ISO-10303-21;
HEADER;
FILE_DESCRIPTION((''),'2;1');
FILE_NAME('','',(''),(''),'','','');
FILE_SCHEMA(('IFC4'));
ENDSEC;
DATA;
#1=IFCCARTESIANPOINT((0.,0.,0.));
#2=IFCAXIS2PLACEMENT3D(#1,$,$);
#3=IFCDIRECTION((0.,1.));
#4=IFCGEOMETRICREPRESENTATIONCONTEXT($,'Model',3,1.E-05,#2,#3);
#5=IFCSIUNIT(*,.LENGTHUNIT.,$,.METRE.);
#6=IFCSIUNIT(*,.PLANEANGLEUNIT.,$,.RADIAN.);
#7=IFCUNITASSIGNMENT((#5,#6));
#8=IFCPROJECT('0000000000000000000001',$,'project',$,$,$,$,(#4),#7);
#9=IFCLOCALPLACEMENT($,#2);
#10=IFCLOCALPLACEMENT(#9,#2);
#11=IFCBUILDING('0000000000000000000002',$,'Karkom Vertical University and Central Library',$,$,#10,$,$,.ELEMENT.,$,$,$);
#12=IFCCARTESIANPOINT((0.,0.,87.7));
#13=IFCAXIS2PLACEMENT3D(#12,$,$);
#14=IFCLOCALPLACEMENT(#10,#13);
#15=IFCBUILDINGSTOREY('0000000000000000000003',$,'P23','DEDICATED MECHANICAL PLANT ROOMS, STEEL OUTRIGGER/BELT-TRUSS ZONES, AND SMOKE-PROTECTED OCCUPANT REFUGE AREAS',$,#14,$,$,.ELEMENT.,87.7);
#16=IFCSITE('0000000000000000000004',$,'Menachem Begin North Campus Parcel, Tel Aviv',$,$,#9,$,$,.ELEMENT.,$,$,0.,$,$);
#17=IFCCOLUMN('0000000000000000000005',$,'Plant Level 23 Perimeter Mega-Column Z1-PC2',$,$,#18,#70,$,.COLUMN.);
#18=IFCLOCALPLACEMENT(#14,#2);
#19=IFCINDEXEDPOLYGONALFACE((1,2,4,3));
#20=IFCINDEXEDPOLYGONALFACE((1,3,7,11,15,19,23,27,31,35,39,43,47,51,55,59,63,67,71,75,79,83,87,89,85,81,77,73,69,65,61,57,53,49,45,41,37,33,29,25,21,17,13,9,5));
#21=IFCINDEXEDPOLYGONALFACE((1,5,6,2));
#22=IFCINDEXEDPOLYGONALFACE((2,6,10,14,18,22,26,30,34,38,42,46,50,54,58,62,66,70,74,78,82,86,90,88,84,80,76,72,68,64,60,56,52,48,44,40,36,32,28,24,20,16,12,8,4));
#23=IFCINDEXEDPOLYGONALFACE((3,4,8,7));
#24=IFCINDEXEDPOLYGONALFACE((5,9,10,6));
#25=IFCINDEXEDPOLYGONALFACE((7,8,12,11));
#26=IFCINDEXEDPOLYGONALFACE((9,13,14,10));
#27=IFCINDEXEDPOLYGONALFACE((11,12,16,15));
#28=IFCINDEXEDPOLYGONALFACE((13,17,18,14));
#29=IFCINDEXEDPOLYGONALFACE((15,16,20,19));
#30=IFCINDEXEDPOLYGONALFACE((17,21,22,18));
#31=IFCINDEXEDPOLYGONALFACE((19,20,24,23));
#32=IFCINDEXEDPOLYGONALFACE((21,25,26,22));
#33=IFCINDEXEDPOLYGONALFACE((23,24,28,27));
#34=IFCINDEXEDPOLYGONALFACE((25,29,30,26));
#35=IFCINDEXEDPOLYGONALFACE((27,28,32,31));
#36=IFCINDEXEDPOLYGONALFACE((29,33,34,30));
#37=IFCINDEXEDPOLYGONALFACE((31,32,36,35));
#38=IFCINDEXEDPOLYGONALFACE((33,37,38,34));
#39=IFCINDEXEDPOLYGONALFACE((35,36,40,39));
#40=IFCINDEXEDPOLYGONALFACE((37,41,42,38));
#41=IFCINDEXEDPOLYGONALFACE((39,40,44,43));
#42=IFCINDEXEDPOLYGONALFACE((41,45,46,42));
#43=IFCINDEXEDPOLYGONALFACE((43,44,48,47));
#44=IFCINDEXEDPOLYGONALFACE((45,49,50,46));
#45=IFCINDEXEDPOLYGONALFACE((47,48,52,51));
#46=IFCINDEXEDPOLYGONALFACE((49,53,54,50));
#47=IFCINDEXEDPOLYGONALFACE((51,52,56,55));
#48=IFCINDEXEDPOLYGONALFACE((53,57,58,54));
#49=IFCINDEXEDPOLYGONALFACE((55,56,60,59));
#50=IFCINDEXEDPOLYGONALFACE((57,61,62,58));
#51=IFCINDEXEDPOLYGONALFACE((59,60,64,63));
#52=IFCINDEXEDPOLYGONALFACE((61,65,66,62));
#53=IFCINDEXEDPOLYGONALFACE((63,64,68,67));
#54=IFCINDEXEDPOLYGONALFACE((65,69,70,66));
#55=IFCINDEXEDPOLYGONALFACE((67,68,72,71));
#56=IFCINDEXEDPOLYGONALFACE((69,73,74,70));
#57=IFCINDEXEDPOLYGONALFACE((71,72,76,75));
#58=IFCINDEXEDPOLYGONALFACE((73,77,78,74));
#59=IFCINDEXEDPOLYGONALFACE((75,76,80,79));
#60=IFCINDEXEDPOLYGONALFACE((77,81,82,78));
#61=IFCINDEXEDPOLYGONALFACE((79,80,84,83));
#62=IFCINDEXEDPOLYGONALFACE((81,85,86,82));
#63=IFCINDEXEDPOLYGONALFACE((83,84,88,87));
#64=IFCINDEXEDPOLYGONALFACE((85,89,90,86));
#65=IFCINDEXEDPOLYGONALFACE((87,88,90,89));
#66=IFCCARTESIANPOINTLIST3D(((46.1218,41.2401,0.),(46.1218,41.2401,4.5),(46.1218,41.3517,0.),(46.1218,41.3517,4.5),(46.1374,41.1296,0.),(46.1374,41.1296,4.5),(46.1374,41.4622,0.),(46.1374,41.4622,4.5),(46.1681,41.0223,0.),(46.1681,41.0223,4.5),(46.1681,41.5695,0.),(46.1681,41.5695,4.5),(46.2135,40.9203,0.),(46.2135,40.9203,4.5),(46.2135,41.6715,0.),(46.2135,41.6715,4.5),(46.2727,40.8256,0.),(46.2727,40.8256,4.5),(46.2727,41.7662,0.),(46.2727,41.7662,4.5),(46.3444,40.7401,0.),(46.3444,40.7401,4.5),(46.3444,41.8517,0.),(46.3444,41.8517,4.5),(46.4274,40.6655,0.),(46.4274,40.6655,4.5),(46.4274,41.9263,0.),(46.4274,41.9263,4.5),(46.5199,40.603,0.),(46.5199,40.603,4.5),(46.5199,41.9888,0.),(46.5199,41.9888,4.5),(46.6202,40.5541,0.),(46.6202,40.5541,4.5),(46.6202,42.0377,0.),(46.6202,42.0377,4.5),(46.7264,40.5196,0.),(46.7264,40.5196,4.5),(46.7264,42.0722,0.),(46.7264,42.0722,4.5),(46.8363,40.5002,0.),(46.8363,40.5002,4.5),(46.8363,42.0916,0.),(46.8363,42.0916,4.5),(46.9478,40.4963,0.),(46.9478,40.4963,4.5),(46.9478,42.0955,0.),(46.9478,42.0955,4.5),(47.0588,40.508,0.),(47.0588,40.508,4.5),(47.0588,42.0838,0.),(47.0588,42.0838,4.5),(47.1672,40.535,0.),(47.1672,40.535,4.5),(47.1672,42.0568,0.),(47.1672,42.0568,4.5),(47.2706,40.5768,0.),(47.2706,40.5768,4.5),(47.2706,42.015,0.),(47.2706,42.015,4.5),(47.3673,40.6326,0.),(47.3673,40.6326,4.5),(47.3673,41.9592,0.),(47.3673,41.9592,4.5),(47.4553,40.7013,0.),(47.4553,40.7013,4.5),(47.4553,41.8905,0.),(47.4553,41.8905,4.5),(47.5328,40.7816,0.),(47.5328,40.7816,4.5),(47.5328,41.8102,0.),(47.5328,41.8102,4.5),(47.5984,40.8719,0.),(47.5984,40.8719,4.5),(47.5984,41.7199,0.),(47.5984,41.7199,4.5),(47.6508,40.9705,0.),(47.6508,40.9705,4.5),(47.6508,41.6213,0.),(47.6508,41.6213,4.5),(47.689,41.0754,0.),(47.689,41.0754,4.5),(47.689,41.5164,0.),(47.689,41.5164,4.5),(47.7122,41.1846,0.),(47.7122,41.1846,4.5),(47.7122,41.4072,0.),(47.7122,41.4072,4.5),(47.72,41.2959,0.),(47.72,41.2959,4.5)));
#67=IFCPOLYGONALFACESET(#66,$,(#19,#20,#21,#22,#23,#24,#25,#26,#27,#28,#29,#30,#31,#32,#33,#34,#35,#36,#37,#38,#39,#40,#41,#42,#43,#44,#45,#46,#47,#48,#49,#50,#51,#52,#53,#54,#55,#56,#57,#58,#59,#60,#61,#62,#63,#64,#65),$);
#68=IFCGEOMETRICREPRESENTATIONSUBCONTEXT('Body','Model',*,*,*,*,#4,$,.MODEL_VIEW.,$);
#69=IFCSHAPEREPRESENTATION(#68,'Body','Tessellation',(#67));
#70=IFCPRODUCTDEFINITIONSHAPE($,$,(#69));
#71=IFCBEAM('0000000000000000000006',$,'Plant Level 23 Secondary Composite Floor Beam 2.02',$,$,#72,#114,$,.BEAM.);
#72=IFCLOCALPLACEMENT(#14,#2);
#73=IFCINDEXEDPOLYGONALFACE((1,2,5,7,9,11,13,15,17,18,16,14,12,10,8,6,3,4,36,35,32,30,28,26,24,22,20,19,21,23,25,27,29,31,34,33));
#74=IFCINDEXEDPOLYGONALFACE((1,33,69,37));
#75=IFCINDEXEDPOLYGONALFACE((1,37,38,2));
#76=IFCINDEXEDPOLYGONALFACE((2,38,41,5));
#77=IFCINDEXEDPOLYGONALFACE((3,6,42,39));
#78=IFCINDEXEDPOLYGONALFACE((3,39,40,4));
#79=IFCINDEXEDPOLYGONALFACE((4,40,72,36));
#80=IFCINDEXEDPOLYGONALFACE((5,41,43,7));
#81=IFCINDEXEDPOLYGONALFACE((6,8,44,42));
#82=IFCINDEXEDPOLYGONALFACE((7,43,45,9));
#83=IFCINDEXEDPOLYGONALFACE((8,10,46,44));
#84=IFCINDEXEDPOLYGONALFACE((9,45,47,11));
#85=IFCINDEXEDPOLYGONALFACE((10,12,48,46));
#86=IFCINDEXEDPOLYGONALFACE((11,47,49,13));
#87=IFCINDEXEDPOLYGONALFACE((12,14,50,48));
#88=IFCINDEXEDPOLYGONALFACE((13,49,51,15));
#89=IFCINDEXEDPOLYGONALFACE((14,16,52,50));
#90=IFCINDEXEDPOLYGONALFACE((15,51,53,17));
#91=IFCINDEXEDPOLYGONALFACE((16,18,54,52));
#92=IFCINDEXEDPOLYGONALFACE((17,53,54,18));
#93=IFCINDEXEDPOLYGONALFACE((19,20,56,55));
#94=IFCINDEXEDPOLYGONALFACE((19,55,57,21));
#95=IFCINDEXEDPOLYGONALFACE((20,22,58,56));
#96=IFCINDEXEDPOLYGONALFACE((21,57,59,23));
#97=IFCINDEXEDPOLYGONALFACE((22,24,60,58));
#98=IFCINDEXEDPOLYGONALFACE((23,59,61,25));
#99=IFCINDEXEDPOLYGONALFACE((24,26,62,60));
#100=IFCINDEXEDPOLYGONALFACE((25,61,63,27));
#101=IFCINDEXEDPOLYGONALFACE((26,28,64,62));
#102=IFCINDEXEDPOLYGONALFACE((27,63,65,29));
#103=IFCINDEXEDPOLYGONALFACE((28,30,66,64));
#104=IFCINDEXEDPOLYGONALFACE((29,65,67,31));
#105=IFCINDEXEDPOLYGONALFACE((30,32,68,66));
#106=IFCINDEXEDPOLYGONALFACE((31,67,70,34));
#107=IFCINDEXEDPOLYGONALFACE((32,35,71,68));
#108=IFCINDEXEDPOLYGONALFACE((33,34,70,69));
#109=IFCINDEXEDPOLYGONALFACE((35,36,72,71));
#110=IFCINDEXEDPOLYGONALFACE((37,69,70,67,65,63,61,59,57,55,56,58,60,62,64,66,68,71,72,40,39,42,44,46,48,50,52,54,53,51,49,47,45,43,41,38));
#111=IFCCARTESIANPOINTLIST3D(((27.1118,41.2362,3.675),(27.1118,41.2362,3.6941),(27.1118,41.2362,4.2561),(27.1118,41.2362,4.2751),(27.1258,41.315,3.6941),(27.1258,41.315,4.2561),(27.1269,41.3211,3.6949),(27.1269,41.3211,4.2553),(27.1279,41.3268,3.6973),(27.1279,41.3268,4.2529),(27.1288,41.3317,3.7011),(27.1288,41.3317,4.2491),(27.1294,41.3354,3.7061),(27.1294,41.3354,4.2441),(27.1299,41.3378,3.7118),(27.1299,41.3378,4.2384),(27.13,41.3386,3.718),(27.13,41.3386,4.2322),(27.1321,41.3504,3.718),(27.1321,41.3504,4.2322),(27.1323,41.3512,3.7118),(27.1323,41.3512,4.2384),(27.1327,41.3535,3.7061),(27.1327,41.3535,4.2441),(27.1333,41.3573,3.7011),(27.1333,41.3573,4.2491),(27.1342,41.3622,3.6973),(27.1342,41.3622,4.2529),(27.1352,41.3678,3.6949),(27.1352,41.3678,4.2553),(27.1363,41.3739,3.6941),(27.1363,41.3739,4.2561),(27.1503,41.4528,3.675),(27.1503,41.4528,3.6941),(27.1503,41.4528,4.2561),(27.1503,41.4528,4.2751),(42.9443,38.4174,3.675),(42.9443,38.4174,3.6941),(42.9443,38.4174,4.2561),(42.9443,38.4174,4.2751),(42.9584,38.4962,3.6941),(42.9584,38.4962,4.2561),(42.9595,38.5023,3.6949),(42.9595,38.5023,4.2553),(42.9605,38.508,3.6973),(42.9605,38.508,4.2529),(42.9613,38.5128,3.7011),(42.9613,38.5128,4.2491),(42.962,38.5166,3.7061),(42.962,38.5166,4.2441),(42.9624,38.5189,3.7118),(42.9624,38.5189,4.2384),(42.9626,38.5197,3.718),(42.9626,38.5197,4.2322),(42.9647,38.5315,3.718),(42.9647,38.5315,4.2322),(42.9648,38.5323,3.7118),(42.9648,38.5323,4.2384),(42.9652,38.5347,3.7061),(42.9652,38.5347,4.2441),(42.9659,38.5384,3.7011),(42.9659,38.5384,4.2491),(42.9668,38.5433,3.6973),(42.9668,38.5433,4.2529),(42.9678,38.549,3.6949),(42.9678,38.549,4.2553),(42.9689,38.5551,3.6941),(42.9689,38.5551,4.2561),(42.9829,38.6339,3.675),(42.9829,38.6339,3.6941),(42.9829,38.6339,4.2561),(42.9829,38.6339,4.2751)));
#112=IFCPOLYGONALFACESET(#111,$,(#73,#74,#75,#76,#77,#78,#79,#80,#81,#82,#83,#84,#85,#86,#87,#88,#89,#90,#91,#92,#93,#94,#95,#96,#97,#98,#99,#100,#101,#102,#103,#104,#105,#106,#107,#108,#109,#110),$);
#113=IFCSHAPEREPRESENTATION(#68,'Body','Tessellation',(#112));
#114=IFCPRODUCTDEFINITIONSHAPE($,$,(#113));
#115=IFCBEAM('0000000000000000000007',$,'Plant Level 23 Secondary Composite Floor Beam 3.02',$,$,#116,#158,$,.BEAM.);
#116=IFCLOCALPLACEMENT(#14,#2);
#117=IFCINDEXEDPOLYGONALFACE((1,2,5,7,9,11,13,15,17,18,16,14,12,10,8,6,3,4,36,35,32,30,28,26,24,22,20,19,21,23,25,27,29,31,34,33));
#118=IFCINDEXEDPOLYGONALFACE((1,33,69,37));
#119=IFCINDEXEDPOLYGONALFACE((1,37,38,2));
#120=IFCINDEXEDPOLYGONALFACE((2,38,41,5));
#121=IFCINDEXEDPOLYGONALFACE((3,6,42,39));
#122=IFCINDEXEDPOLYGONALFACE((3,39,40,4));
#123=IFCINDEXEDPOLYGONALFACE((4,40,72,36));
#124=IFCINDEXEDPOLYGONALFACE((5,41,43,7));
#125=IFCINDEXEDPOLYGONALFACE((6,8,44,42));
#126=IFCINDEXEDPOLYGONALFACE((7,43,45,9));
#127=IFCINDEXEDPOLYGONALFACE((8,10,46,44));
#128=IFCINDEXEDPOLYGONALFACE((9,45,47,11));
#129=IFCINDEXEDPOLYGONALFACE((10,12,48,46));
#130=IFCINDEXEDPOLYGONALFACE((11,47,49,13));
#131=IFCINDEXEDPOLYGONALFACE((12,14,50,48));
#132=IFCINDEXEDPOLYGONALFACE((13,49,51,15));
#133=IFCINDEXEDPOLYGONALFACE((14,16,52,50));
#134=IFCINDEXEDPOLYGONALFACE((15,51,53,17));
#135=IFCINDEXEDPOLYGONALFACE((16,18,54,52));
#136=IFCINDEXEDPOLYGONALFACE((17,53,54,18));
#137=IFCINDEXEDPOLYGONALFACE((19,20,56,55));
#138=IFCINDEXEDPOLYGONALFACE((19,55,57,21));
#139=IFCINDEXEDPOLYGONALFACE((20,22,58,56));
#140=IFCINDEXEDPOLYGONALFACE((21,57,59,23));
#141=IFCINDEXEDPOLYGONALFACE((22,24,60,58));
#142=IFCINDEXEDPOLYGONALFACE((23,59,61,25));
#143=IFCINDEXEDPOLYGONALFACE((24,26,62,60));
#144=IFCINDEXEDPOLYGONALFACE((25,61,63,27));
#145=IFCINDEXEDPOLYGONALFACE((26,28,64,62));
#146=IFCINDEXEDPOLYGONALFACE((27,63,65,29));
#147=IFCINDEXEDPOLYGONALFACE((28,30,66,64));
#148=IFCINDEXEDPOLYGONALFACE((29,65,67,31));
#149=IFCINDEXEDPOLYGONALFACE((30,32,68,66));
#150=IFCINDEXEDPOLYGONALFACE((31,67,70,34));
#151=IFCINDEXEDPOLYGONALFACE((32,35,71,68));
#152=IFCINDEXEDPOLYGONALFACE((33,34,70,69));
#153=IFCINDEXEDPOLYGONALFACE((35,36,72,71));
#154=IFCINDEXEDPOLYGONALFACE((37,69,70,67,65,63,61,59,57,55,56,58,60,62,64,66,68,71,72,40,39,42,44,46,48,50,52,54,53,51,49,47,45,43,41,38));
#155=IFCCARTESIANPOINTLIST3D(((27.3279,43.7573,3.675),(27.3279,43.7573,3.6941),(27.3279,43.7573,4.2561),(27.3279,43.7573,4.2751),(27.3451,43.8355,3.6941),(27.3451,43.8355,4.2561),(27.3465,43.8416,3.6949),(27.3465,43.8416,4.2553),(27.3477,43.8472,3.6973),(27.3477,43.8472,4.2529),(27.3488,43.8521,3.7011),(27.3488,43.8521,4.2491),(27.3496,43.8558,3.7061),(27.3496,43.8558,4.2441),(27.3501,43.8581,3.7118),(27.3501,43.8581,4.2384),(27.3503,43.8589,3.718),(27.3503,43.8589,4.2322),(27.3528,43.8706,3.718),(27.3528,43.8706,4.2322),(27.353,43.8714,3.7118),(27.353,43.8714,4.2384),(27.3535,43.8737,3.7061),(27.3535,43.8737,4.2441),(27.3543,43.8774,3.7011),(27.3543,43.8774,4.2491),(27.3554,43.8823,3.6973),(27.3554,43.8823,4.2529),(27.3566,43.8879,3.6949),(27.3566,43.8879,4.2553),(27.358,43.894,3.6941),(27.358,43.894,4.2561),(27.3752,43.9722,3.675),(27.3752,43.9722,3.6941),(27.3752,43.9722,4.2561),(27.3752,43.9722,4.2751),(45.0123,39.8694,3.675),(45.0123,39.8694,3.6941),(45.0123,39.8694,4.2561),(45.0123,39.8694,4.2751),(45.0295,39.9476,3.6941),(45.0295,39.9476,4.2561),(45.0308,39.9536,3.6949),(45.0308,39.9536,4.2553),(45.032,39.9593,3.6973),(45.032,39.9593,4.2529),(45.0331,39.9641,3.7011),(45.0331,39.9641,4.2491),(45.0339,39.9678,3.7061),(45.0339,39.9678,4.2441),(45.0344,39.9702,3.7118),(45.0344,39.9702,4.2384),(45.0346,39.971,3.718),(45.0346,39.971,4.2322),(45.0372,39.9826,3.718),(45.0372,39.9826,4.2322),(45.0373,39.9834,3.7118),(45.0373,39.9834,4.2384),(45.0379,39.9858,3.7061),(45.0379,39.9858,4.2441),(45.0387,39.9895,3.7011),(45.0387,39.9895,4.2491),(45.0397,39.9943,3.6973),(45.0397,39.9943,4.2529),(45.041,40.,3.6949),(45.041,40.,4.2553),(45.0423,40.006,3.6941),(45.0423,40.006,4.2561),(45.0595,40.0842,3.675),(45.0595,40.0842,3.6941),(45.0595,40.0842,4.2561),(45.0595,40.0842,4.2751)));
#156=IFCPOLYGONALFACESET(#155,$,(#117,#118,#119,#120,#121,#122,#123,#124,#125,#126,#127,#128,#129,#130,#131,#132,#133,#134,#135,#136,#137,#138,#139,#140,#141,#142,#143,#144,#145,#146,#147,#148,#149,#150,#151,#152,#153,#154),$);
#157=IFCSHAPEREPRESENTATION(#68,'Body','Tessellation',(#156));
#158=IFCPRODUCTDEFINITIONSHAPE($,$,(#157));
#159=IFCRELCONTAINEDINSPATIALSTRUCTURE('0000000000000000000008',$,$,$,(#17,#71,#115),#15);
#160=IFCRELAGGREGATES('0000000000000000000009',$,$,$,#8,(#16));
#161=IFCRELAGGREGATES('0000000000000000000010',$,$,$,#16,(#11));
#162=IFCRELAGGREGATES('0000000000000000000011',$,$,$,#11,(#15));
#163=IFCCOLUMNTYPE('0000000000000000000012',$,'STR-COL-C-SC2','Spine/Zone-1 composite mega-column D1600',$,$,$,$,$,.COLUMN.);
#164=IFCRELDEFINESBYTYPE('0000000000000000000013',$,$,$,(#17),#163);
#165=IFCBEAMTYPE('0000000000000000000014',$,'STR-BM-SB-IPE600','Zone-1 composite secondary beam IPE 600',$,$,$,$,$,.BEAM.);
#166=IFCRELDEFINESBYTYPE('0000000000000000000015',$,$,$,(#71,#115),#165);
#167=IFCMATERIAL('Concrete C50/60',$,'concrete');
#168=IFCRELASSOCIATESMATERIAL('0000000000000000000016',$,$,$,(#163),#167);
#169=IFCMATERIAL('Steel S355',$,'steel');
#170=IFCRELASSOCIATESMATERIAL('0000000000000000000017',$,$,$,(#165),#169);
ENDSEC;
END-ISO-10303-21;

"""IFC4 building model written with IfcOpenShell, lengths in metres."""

from ifc_helpers import new_model, si_unit, direction, frame, origin, origin_with_axes, origin_2d, place, context, subcontext, project, spatial, circle, i_section, extrude, source, transform, mapped, material, material_profile, profile_set, type_object, element, save


model = new_model("IFC4")

# Units and contexts
model_context = context("Model", 3, precision=1e-05, world=origin(), true_north=direction((0.0, 1.0)))
body_context = subcontext(model_context, "Body", "Model", "MODEL_VIEW")
ifc_project = project(units=[si_unit("LENGTHUNIT", "METRE"), si_unit("PLANEANGLEUNIT", "RADIAN")], contexts=[model_context])

# Site, building, storey
site_placement = place(None, origin())
site = spatial("IfcSite", under=ifc_project, at=site_placement, Name="Menachem Begin North Campus Parcel, Tel Aviv", CompositionType="ELEMENT", RefElevation=0.0)
building_placement = place(site_placement, origin())
building = spatial("IfcBuilding", under=site, at=building_placement, Name="Karkom Vertical University and Central Library", CompositionType="ELEMENT")
storey_placement = place(building_placement, frame((0.0, 0.0, 87.7)))
storey = spatial("IfcBuildingStorey", under=building, at=storey_placement, Name="P23", Description="DEDICATED MECHANICAL PLANT ROOMS, STEEL OUTRIGGER/BELT-TRUSS ZONES, AND SMOKE-PROTECTED OCCUPANT REFUGE AREAS", CompositionType="ELEMENT", Elevation=87.7)

# Column
ifc_material_1 = material(Name="Concrete C50/60", Category="concrete")
ifc_material_profile_1 = material_profile(ifc_material_1, circle(Radius=0.8, at=origin_2d()), Name="CFT-D1600")
ifc_profile_set_1 = profile_set([ifc_material_profile_1], Name="Concrete C50/60")
column_type = type_object("IfcColumnType", Name="STR-COL-C-SC2", Description="Spine/Zone-1 composite mega-column D1600", PredefinedType="COLUMN", material=ifc_profile_set_1)
shared_shape_1 = source(origin_with_axes(), body_context, "Body", "SweptSolid", [
    extrude(circle(Radius=0.8, at=origin_2d()), origin(), (0.0, 0.0, 1.0), 4.5),
])
column_placement = place(storey_placement, frame((46.9199, 41.2959, 0.0), z_axis=(0.0, 0.0, 1.0), x_axis=(1.0, 0.0, 0.0)))
element("IfcColumn", 1, at=column_placement, inside=storey, type_object=column_type, Name="Plant Level 23 Perimeter Mega-Column Z1-PC2", PredefinedType="COLUMN", context=body_context, shape_type="MappedRepresentation", body=[
    mapped(shared_shape_1, transform((0.0, 0.0, 0.0), scale=1.0)),
])

# Beams
ifc_material_2 = material(Name="Steel S355", Category="steel")
ifc_material_profile_2 = material_profile(ifc_material_2, i_section(OverallWidth=0.22, OverallDepth=0.6001, WebThickness=0.012, FlangeThickness=0.019, FilletRadius=0.0239, at=origin_2d()), Name="IPE 600")
ifc_profile_set_2 = profile_set([ifc_material_profile_2], Name="Steel S355")
beam_type_1 = type_object("IfcBeamType", Name="STR-BM-SB-IPE600", Description="Zone-1 composite secondary beam IPE 600", PredefinedType="BEAM", material=ifc_profile_set_2)
shared_shape_2 = source(origin_with_axes(), body_context, "Body", "SweptSolid", [
    extrude(i_section(OverallWidth=0.22, OverallDepth=0.6001, WebThickness=0.012, FlangeThickness=0.019, FilletRadius=0.0239, at=origin_2d()), origin(), (0.0, 0.0, 1.0), 16.0815),
])
beam_1_placement = place(storey_placement, frame((42.9636, 38.5256, 3.9751), z_axis=(-0.984518, 0.175285, 0.0), x_axis=(-0.175285, -0.984518, 0.0)))
element("IfcBeam", 2, at=beam_1_placement, inside=storey, type_object=beam_type_1, Name="Plant Level 23 Secondary Composite Floor Beam 2.02", PredefinedType="BEAM", context=body_context, shape_type="MappedRepresentation", body=[
    mapped(shared_shape_2, transform((0.0, 0.0, 0.0), scale=1.0)),
])
shared_shape_3 = source(origin_with_axes(), body_context, "Body", "SweptSolid", [
    extrude(i_section(OverallWidth=0.22, OverallDepth=0.6001, WebThickness=0.012, FlangeThickness=0.019, FilletRadius=0.0239, at=origin_2d()), origin(), (0.0, 0.0, 1.0), 18.1067),
])
beam_2_placement = place(storey_placement, frame((45.0359, 39.9768, 3.9751), z_axis=(-0.976675, 0.214724, 0.0), x_axis=(-0.214724, -0.976675, 0.0)))
element("IfcBeam", 3, at=beam_2_placement, inside=storey, type_object=beam_type_1, Name="Plant Level 23 Secondary Composite Floor Beam 3.02", PredefinedType="BEAM", context=body_context, shape_type="MappedRepresentation", body=[
    mapped(shared_shape_3, transform((0.0, 0.0, 0.0), scale=1.0)),
])

save(model, "model.ifc")
